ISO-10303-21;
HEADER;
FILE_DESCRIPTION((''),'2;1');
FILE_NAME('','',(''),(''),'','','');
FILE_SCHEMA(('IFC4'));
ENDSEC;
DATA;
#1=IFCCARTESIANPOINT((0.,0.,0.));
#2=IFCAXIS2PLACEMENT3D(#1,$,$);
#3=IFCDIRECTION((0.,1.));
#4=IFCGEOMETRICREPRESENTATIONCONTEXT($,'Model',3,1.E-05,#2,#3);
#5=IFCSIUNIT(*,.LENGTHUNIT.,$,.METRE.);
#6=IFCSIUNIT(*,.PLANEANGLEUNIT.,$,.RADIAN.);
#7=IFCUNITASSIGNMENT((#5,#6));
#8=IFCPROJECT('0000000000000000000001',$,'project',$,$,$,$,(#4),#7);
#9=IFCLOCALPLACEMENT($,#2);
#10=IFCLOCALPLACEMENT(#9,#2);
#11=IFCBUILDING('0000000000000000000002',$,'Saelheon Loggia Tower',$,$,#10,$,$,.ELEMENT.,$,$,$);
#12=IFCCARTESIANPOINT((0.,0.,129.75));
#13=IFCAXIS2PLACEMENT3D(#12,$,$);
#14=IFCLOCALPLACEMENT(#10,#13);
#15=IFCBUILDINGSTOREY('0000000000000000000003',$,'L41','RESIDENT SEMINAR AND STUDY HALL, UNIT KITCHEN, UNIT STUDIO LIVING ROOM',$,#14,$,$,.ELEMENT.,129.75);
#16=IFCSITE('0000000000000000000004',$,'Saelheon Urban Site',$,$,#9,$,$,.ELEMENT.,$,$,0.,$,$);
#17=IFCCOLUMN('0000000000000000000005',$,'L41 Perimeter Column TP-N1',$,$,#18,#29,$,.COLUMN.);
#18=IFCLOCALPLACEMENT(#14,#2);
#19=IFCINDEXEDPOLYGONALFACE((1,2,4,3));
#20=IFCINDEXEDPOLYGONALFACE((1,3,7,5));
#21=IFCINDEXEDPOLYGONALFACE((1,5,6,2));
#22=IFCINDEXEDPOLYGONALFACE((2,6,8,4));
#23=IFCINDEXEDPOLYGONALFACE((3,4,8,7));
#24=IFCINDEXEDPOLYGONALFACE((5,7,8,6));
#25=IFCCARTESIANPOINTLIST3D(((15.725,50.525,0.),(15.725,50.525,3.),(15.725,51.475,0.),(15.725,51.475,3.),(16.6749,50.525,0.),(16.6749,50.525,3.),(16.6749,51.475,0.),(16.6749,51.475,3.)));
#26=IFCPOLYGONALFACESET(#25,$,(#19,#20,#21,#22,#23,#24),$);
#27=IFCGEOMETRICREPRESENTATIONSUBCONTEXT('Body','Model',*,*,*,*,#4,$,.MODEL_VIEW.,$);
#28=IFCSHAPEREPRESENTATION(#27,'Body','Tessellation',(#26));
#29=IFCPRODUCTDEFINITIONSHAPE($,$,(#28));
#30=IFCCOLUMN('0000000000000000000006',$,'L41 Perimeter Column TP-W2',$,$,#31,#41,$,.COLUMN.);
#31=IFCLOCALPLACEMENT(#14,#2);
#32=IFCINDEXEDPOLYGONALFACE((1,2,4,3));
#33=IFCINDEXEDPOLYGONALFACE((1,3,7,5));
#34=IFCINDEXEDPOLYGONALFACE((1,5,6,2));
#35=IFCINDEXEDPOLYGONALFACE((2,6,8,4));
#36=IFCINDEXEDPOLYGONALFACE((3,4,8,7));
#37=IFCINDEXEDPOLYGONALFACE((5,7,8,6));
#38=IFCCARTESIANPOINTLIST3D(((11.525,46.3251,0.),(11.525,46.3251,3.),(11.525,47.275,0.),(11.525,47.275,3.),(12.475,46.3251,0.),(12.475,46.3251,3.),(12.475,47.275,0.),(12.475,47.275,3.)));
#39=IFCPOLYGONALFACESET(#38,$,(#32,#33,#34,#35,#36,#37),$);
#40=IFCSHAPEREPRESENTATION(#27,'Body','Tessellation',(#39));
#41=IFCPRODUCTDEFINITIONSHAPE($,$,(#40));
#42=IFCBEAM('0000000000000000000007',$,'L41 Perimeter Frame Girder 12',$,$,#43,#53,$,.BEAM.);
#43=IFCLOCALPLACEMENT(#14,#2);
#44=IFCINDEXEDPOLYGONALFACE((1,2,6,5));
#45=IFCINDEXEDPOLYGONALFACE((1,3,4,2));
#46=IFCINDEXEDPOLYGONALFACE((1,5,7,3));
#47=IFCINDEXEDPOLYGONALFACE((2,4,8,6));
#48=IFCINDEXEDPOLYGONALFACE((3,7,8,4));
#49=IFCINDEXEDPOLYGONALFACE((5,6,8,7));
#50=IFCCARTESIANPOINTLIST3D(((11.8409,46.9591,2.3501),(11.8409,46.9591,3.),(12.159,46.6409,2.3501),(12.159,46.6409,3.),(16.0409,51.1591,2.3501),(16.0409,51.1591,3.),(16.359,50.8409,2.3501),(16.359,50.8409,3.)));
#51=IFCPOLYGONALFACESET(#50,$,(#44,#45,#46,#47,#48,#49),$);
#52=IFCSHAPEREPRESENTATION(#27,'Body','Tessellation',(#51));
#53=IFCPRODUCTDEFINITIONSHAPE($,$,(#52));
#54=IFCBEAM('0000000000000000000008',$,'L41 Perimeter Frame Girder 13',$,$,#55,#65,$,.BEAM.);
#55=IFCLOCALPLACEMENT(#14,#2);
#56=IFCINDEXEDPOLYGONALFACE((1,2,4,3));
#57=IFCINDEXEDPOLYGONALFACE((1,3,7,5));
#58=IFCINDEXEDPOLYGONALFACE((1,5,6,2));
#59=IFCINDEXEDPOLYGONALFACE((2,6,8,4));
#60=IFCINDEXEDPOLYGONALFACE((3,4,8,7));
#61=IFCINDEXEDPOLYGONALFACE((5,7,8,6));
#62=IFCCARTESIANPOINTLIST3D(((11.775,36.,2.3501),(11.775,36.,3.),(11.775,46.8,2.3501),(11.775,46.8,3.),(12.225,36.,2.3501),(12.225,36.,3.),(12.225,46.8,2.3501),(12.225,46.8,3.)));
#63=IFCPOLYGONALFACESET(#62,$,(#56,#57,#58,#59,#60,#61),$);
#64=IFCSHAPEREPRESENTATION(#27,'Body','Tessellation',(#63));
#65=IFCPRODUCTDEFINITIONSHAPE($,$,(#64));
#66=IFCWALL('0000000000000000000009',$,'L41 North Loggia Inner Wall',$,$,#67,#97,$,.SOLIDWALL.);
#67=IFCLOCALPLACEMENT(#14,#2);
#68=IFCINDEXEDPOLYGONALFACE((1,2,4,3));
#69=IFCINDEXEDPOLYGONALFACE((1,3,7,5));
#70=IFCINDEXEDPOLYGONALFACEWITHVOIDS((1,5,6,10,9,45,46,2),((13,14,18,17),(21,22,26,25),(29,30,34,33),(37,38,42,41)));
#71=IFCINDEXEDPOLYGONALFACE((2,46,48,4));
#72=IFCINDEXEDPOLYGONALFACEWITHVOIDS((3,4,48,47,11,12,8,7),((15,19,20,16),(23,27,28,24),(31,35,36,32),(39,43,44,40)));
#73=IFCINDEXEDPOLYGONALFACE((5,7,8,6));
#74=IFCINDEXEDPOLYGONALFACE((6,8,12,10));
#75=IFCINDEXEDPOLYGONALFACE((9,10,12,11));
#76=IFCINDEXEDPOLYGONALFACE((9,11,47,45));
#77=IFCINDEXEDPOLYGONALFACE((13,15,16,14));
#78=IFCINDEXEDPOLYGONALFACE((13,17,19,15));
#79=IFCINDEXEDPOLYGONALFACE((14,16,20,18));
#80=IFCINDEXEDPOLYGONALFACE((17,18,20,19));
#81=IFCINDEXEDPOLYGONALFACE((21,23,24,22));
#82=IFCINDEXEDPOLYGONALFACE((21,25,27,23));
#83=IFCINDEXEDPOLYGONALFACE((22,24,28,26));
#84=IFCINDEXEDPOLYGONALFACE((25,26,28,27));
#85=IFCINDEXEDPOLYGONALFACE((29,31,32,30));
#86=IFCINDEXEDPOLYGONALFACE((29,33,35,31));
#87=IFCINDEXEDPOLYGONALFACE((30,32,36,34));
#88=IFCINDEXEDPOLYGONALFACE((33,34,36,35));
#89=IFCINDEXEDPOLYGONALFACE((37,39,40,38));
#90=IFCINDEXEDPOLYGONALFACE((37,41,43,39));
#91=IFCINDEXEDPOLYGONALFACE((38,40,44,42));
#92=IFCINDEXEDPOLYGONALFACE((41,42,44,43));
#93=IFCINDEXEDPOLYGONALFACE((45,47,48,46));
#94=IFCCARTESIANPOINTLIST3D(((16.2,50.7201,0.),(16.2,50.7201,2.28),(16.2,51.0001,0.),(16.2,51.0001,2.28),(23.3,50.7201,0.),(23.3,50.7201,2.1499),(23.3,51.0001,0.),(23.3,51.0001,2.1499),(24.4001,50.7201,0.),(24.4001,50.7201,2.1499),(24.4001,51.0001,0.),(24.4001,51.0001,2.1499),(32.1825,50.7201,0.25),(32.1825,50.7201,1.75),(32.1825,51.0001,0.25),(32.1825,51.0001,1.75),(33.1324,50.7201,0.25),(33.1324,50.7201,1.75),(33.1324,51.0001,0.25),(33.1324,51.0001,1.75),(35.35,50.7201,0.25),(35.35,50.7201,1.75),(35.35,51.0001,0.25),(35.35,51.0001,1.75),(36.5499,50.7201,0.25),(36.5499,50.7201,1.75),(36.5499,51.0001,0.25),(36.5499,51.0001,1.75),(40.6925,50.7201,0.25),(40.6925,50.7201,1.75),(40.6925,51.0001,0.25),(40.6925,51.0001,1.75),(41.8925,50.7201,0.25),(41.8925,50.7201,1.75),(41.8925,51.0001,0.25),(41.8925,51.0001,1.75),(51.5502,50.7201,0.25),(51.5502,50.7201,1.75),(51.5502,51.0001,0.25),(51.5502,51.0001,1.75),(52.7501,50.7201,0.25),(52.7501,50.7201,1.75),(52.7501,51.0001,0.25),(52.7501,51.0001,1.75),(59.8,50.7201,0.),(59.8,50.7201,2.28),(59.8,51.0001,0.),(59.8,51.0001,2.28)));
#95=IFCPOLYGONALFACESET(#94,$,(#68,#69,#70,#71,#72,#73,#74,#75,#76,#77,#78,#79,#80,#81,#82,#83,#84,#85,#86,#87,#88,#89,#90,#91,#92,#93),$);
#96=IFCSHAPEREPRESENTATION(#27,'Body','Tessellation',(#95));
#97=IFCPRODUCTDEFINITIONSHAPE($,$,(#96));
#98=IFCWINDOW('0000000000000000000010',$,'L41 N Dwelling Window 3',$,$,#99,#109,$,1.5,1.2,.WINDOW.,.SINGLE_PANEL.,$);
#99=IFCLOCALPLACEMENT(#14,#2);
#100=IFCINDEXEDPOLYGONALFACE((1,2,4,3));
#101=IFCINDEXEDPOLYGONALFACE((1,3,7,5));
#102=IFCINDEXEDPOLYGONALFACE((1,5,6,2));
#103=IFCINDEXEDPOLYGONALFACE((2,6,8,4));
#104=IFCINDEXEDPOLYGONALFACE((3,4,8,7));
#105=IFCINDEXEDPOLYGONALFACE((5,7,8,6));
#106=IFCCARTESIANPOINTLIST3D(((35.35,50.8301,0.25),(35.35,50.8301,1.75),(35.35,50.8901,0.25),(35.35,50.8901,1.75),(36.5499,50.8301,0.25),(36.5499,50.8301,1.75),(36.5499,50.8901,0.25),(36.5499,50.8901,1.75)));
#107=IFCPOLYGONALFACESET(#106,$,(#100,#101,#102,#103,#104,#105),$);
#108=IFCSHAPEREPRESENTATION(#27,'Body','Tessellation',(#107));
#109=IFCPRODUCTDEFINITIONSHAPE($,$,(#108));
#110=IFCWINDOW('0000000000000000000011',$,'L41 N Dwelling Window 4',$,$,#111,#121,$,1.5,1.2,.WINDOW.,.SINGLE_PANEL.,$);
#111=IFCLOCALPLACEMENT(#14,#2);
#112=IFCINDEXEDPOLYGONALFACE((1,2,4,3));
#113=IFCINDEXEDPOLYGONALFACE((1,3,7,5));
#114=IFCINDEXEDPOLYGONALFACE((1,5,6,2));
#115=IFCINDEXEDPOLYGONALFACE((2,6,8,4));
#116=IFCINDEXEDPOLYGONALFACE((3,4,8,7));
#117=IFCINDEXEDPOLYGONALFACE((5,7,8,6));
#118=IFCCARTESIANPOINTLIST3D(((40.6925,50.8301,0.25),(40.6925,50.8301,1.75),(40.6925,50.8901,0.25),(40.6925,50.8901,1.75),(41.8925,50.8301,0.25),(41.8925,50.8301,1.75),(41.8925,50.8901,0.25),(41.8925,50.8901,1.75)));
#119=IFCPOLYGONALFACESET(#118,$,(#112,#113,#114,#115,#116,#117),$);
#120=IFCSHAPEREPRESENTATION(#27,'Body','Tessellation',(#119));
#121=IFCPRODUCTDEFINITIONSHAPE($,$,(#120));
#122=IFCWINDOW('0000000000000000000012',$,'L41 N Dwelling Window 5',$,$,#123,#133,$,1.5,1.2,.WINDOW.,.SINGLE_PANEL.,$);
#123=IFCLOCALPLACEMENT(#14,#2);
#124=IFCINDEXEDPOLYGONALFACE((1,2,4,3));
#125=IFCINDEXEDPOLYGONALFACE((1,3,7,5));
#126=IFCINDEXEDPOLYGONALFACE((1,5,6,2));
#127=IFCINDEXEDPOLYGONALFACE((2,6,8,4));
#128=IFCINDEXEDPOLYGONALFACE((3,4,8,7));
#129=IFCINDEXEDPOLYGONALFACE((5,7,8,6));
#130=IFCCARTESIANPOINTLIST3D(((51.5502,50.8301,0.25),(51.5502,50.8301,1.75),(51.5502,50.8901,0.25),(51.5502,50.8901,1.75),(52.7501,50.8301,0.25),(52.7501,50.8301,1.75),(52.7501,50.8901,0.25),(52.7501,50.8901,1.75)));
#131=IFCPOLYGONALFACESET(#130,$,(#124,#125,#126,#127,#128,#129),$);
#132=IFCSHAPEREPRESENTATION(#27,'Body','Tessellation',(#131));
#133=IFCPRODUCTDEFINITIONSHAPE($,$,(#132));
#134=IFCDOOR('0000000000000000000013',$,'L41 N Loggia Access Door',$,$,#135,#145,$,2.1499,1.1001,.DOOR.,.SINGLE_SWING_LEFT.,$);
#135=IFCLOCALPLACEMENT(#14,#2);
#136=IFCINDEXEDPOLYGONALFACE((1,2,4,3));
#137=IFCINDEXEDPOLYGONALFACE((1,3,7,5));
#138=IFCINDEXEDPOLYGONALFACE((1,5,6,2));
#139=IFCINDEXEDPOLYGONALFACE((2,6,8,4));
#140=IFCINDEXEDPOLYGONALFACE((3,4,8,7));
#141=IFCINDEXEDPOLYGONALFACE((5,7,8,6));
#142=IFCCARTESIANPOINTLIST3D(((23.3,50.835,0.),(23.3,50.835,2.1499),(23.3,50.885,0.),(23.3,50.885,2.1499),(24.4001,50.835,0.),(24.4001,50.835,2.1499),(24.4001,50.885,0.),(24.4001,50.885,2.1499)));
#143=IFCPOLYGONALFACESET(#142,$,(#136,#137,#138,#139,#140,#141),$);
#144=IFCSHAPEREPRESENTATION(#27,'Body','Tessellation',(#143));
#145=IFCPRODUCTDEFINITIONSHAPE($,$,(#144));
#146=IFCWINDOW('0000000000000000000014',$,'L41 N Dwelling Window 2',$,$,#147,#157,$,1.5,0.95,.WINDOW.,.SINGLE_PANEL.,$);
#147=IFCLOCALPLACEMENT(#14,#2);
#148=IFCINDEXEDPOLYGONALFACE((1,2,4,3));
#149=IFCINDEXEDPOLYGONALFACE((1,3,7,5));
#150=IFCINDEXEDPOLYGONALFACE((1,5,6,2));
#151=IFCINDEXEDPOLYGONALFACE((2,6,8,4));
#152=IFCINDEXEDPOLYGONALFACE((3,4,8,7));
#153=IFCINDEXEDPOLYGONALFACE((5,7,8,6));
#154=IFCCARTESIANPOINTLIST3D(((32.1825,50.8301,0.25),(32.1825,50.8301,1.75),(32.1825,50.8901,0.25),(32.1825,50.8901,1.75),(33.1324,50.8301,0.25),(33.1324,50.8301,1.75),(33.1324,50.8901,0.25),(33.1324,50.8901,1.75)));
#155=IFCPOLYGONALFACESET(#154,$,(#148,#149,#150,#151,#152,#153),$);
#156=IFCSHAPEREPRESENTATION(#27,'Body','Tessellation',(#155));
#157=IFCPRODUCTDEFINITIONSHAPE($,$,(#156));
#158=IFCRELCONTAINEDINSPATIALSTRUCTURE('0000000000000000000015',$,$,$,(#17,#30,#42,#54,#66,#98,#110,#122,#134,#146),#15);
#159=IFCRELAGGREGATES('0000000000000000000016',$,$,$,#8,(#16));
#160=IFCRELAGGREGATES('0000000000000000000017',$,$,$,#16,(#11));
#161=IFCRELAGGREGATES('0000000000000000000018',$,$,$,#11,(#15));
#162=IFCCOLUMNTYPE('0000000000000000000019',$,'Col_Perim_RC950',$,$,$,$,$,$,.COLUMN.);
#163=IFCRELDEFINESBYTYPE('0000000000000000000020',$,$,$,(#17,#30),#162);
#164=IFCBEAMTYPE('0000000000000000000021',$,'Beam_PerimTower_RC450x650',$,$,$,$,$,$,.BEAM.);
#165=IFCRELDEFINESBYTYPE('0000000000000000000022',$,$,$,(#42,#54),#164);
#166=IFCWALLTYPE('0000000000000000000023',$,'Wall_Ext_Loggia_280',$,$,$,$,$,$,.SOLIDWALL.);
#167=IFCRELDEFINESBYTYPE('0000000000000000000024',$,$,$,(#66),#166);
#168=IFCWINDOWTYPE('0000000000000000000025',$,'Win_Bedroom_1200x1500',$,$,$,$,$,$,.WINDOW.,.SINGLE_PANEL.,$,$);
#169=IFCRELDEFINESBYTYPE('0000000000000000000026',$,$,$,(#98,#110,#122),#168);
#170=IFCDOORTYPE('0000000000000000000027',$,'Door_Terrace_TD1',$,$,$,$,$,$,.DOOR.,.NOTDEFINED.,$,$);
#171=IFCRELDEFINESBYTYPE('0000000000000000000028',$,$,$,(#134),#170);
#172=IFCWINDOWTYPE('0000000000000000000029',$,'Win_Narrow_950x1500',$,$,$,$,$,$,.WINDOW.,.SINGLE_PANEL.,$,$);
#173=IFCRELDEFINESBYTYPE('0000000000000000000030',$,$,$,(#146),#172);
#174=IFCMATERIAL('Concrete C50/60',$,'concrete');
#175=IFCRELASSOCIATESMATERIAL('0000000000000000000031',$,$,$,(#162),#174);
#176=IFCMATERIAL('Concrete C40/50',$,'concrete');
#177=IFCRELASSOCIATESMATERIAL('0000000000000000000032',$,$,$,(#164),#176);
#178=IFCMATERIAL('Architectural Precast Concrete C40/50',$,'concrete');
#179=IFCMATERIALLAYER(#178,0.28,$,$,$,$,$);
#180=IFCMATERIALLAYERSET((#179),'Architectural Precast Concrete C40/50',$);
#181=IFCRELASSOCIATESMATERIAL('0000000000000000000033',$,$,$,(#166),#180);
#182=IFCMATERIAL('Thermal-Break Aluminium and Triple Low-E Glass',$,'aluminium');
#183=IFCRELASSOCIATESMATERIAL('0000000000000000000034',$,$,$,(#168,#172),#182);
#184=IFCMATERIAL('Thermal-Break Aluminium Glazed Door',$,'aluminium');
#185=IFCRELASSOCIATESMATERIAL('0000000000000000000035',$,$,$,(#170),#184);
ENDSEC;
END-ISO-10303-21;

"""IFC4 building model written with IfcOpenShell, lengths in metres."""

from ifc_helpers import new_model, si_unit, direction, frame, frame_2d, origin, origin_2d, place, context, subcontext, project, spatial, rectangle, extrude, source, transform, mapped, material, layer, layer_set, material_profile, profile_set, type_object, element, fill, save


model = new_model("IFC4")

# Units and contexts
model_context = context("Model", 3, precision=1e-05, world=origin(), true_north=direction((0.0, 1.0)))
body_context = subcontext(model_context, "Body", "Model", "MODEL_VIEW")
ifc_project = project(units=[si_unit("LENGTHUNIT", "METRE"), si_unit("PLANEANGLEUNIT", "RADIAN")], contexts=[model_context])

# Site, building, storey
site_placement = place(None, origin())
site = spatial("IfcSite", under=ifc_project, at=site_placement, Name="Saelheon Urban Site", CompositionType="ELEMENT", RefElevation=0.0)
building_placement = place(site_placement, origin())
building = spatial("IfcBuilding", under=site, at=building_placement, Name="Saelheon Loggia Tower", CompositionType="ELEMENT")
storey_placement = place(building_placement, frame((0.0, 0.0, 129.75)))
storey = spatial("IfcBuildingStorey", under=building, at=storey_placement, Name="L41", Description="RESIDENT SEMINAR AND STUDY HALL, UNIT KITCHEN, UNIT STUDIO LIVING ROOM", CompositionType="ELEMENT", Elevation=129.75)

# Columns
ifc_material_1 = material(Name="Concrete C50/60", Category="concrete")
ifc_material_profile_1 = material_profile(ifc_material_1, rectangle(XDim=0.95, YDim=0.95, at=origin_2d()), Name="RC-950x950")
ifc_profile_set_1 = profile_set([ifc_material_profile_1], Name="Concrete C50/60")
column_type = type_object("IfcColumnType", Name="Col_Perim_RC950", PredefinedType="COLUMN", material=ifc_profile_set_1)
shared_shape_1 = source(origin(), body_context, "Body", "SweptSolid", [
    extrude(rectangle(XDim=0.95, YDim=0.95, at=origin_2d()), origin(), (0.0, 0.0, 1.0), 3.0),
])
for number, where, z_axis, x_axis, name in (
    (1, (16.2, 51.0, 0.0), (0.0, 0.0, 1.0), (1.0, 0.0, 0.0), "L41 Perimeter Column TP-N1"),
    (2, (12.0, 46.8, 0.0), (0.0, 0.0, 1.0), (1.0, 0.0, 0.0), "L41 Perimeter Column TP-W2"),
):
    element("IfcColumn", number, at=place(storey_placement, frame(where, z_axis=z_axis, x_axis=x_axis)), inside=storey, type_object=column_type, Name=name, PredefinedType="COLUMN", context=body_context, shape_type="MappedRepresentation", body=[
        mapped(shared_shape_1, transform((0.0, 0.0, 0.0), scale=1.0)),
    ])

# Beams
ifc_material_2 = material(Name="Concrete C40/50", Category="concrete")
ifc_material_profile_2 = material_profile(ifc_material_2, rectangle(XDim=0.45, YDim=0.6499, at=origin_2d()), Name="RC-450x650")
ifc_profile_set_2 = profile_set([ifc_material_profile_2], Name="Concrete C40/50")
beam_type = type_object("IfcBeamType", Name="Beam_PerimTower_RC450x650", PredefinedType="BEAM", material=ifc_profile_set_2)
shared_shape_2 = source(origin(), body_context, "Body", "SweptSolid", [
    extrude(rectangle(XDim=0.45, YDim=0.6499, at=origin_2d()), origin(), (0.0, 0.0, 1.0), 5.9397),
])
beam_1_placement = place(storey_placement, frame((16.2, 51.0, 2.675), z_axis=(-0.707107, -0.707107, 0.0), x_axis=(0.707107, -0.707107, 0.0)))
element("IfcBeam", 3, at=beam_1_placement, inside=storey, type_object=beam_type, Name="L41 Perimeter Frame Girder 12", PredefinedType="BEAM", context=body_context, shape_type="MappedRepresentation", body=[
    mapped(shared_shape_2, transform((0.0, 0.0, 0.0), scale=1.0)),
])
shared_shape_3 = source(origin(), body_context, "Body", "SweptSolid", [
    extrude(rectangle(XDim=0.45, YDim=0.6499, at=origin_2d()), origin(), (0.0, 0.0, 1.0), 10.8),
])
beam_2_placement = place(storey_placement, frame((12.0, 46.8, 2.675), z_axis=(0.0, -1.0, 0.0), x_axis=(1.0, 0.0, 0.0)))
element("IfcBeam", 4, at=beam_2_placement, inside=storey, type_object=beam_type, Name="L41 Perimeter Frame Girder 13", PredefinedType="BEAM", context=body_context, shape_type="MappedRepresentation", body=[
    mapped(shared_shape_3, transform((0.0, 0.0, 0.0), scale=1.0)),
])

# Wall, openings, windows, door
ifc_material_3 = material(Name="Architectural Precast Concrete C40/50", Category="concrete")
ifc_layer_1 = layer(ifc_material_3, 0.28)
ifc_layer_set_1 = layer_set([ifc_layer_1], Name="Architectural Precast Concrete C40/50")
wall_type_1 = type_object("IfcWallType", Name="Wall_Ext_Loggia_280", PredefinedType="SOLIDWALL", material=ifc_layer_set_1)
wall_1_placement = place(storey_placement, frame((16.2, 50.8601, 0.0), z_axis=(0.0, 0.0, 1.0), x_axis=(1.0, 0.0, 0.0)))
wall_1 = element("IfcWall", 5, at=wall_1_placement, inside=storey, type_object=wall_type_1, Name="L41 North Loggia Inner Wall", PredefinedType="SOLIDWALL", context=body_context, shape_type="SweptSolid", body=[
    extrude(rectangle(XDim=43.6001, YDim=0.28, at=frame_2d((21.8, 0.0))), origin(), (0.0, 0.0, 1.0), 2.28),
])
opening_1_placement = place(wall_1_placement, frame((7.1001, 0.0, 0.0)))
opening_1 = element("IfcOpeningElement", 6, at=opening_1_placement, cuts=wall_1, PredefinedType="OPENING", context=body_context, shape_type="SweptSolid", body=[
    extrude(rectangle(XDim=1.1001, YDim=2.1499, at=frame_2d((0.55, 1.075))), frame((0.0, 0.1521, 0.0), z_axis=(0.0, -1.0, 0.0), x_axis=(1.0, 0.0, 0.0)), (0.0, 0.0, 1.0), 0.304),
])
opening_2_placement = place(wall_1_placement, frame((15.9824, 0.0, 0.25)))
opening_2 = element("IfcOpeningElement", 7, at=opening_2_placement, cuts=wall_1, PredefinedType="OPENING", context=body_context, shape_type="SweptSolid", body=[
    extrude(rectangle(XDim=0.95, YDim=1.5, at=frame_2d((0.4751, 0.75))), frame((0.0, 0.1521, 0.0), z_axis=(0.0, -1.0, 0.0), x_axis=(1.0, 0.0, 0.0)), (0.0, 0.0, 1.0), 0.304),
])
opening_3_placement = place(wall_1_placement, frame((19.1499, 0.0, 0.25)))
opening_3 = element("IfcOpeningElement", 8, at=opening_3_placement, cuts=wall_1, PredefinedType="OPENING", context=body_context, shape_type="SweptSolid", body=[
    extrude(rectangle(XDim=1.2, YDim=1.5, at=frame_2d((0.6001, 0.75))), frame((0.0, 0.1521, 0.0), z_axis=(0.0, -1.0, 0.0), x_axis=(1.0, 0.0, 0.0)), (0.0, 0.0, 1.0), 0.304),
])
opening_4_placement = place(wall_1_placement, frame((24.4924, 0.0, 0.25)))
opening_4 = element("IfcOpeningElement", 9, at=opening_4_placement, cuts=wall_1, PredefinedType="OPENING", context=body_context, shape_type="SweptSolid", body=[
    extrude(rectangle(XDim=1.2, YDim=1.5, at=frame_2d((0.6001, 0.75))), frame((0.0, 0.1521, 0.0), z_axis=(0.0, -1.0, 0.0), x_axis=(1.0, 0.0, 0.0)), (0.0, 0.0, 1.0), 0.304),
])
opening_5_placement = place(wall_1_placement, frame((35.3501, 0.0, 0.25)))
opening_5 = element("IfcOpeningElement", 10, at=opening_5_placement, cuts=wall_1, PredefinedType="OPENING", context=body_context, shape_type="SweptSolid", body=[
    extrude(rectangle(XDim=1.2, YDim=1.5, at=frame_2d((0.6001, 0.75))), frame((0.0, 0.1521, 0.0), z_axis=(0.0, -1.0, 0.0), x_axis=(1.0, 0.0, 0.0)), (0.0, 0.0, 1.0), 0.304),
])
ifc_material_4 = material(Name="Thermal-Break Aluminium and Triple Low-E Glass", Category="aluminium")
window_type_1 = type_object("IfcWindowType", Name="Win_Bedroom_1200x1500", PartitioningType="SINGLE_PANEL", PredefinedType="WINDOW", material=ifc_material_4)
shared_shape_4 = source(origin(), body_context, "Body", "SweptSolid", [
    extrude(rectangle(XDim=1.2, YDim=1.5, at=frame_2d((0.6001, 0.75))), frame((0.0, 0.03, 0.0), z_axis=(0.0, -1.0, 0.0), x_axis=(1.0, 0.0, 0.0)), (0.0, 0.0, 1.0), 0.0601),
])
window_1_placement = place(opening_3_placement, origin())
window_1 = element("IfcWindow", 11, at=window_1_placement, inside=storey, type_object=window_type_1, Name="L41 N Dwelling Window 3", OverallHeight=1.5, OverallWidth=1.2, PartitioningType="SINGLE_PANEL", PredefinedType="WINDOW", context=body_context, shape_type="MappedRepresentation", body=[
    mapped(shared_shape_4, transform((0.0, 0.0, 0.0), scale=1.0)),
])
fill(opening_3, window_1)
window_2_placement = place(opening_4_placement, origin())
window_2 = element("IfcWindow", 12, at=window_2_placement, inside=storey, type_object=window_type_1, Name="L41 N Dwelling Window 4", OverallHeight=1.5, OverallWidth=1.2, PartitioningType="SINGLE_PANEL", PredefinedType="WINDOW", context=body_context, shape_type="MappedRepresentation", body=[
    mapped(shared_shape_4, transform((0.0, 0.0, 0.0), scale=1.0)),
])
fill(opening_4, window_2)
window_3_placement = place(opening_5_placement, origin())
window_3 = element("IfcWindow", 13, at=window_3_placement, inside=storey, type_object=window_type_1, Name="L41 N Dwelling Window 5", OverallHeight=1.5, OverallWidth=1.2, PartitioningType="SINGLE_PANEL", PredefinedType="WINDOW", context=body_context, shape_type="MappedRepresentation", body=[
    mapped(shared_shape_4, transform((0.0, 0.0, 0.0), scale=1.0)),
])
fill(opening_5, window_3)
ifc_material_5 = material(Name="Thermal-Break Aluminium Glazed Door", Category="aluminium")
door_type_1 = type_object("IfcDoorType", Name="Door_Terrace_TD1", OperationType="NOTDEFINED", PredefinedType="DOOR", material=ifc_material_5)
shared_shape_5 = source(origin(), body_context, "Body", "SweptSolid", [
    extrude(rectangle(XDim=1.1001, YDim=2.1499, at=frame_2d((0.55, 1.075))), frame((0.0, 0.0249, 0.0), z_axis=(0.0, -1.0, 0.0), x_axis=(1.0, 0.0, 0.0)), (0.0, 0.0, 1.0), 0.05),
])
door_1_placement = place(opening_1_placement, origin())
door_1 = element("IfcDoor", 14, at=door_1_placement, inside=storey, type_object=door_type_1, Name="L41 N Loggia Access Door", OperationType="SINGLE_SWING_LEFT", OverallHeight=2.1499, OverallWidth=1.1001, PredefinedType="DOOR", context=body_context, shape_type="MappedRepresentation", body=[
    mapped(shared_shape_5, transform((0.0, 0.0, 0.0), scale=1.0)),
])
fill(opening_1, door_1)
window_type_2 = type_object("IfcWindowType", Name="Win_Narrow_950x1500", PartitioningType="SINGLE_PANEL", PredefinedType="WINDOW", material=ifc_material_4)
shared_shape_6 = source(origin(), body_context, "Body", "SweptSolid", [
    extrude(rectangle(XDim=0.95, YDim=1.5, at=frame_2d((0.4751, 0.75))), frame((0.0, 0.03, 0.0), z_axis=(0.0, -1.0, 0.0), x_axis=(1.0, 0.0, 0.0)), (0.0, 0.0, 1.0), 0.0601),
])
window_4_placement = place(opening_2_placement, origin())
window_4 = element("IfcWindow", 15, at=window_4_placement, inside=storey, type_object=window_type_2, Name="L41 N Dwelling Window 2", OverallHeight=1.5, OverallWidth=0.95, PartitioningType="SINGLE_PANEL", PredefinedType="WINDOW", context=body_context, shape_type="MappedRepresentation", body=[
    mapped(shared_shape_6, transform((0.0, 0.0, 0.0), scale=1.0)),
])
fill(opening_2, window_4)

save(model, "model.ifc")
